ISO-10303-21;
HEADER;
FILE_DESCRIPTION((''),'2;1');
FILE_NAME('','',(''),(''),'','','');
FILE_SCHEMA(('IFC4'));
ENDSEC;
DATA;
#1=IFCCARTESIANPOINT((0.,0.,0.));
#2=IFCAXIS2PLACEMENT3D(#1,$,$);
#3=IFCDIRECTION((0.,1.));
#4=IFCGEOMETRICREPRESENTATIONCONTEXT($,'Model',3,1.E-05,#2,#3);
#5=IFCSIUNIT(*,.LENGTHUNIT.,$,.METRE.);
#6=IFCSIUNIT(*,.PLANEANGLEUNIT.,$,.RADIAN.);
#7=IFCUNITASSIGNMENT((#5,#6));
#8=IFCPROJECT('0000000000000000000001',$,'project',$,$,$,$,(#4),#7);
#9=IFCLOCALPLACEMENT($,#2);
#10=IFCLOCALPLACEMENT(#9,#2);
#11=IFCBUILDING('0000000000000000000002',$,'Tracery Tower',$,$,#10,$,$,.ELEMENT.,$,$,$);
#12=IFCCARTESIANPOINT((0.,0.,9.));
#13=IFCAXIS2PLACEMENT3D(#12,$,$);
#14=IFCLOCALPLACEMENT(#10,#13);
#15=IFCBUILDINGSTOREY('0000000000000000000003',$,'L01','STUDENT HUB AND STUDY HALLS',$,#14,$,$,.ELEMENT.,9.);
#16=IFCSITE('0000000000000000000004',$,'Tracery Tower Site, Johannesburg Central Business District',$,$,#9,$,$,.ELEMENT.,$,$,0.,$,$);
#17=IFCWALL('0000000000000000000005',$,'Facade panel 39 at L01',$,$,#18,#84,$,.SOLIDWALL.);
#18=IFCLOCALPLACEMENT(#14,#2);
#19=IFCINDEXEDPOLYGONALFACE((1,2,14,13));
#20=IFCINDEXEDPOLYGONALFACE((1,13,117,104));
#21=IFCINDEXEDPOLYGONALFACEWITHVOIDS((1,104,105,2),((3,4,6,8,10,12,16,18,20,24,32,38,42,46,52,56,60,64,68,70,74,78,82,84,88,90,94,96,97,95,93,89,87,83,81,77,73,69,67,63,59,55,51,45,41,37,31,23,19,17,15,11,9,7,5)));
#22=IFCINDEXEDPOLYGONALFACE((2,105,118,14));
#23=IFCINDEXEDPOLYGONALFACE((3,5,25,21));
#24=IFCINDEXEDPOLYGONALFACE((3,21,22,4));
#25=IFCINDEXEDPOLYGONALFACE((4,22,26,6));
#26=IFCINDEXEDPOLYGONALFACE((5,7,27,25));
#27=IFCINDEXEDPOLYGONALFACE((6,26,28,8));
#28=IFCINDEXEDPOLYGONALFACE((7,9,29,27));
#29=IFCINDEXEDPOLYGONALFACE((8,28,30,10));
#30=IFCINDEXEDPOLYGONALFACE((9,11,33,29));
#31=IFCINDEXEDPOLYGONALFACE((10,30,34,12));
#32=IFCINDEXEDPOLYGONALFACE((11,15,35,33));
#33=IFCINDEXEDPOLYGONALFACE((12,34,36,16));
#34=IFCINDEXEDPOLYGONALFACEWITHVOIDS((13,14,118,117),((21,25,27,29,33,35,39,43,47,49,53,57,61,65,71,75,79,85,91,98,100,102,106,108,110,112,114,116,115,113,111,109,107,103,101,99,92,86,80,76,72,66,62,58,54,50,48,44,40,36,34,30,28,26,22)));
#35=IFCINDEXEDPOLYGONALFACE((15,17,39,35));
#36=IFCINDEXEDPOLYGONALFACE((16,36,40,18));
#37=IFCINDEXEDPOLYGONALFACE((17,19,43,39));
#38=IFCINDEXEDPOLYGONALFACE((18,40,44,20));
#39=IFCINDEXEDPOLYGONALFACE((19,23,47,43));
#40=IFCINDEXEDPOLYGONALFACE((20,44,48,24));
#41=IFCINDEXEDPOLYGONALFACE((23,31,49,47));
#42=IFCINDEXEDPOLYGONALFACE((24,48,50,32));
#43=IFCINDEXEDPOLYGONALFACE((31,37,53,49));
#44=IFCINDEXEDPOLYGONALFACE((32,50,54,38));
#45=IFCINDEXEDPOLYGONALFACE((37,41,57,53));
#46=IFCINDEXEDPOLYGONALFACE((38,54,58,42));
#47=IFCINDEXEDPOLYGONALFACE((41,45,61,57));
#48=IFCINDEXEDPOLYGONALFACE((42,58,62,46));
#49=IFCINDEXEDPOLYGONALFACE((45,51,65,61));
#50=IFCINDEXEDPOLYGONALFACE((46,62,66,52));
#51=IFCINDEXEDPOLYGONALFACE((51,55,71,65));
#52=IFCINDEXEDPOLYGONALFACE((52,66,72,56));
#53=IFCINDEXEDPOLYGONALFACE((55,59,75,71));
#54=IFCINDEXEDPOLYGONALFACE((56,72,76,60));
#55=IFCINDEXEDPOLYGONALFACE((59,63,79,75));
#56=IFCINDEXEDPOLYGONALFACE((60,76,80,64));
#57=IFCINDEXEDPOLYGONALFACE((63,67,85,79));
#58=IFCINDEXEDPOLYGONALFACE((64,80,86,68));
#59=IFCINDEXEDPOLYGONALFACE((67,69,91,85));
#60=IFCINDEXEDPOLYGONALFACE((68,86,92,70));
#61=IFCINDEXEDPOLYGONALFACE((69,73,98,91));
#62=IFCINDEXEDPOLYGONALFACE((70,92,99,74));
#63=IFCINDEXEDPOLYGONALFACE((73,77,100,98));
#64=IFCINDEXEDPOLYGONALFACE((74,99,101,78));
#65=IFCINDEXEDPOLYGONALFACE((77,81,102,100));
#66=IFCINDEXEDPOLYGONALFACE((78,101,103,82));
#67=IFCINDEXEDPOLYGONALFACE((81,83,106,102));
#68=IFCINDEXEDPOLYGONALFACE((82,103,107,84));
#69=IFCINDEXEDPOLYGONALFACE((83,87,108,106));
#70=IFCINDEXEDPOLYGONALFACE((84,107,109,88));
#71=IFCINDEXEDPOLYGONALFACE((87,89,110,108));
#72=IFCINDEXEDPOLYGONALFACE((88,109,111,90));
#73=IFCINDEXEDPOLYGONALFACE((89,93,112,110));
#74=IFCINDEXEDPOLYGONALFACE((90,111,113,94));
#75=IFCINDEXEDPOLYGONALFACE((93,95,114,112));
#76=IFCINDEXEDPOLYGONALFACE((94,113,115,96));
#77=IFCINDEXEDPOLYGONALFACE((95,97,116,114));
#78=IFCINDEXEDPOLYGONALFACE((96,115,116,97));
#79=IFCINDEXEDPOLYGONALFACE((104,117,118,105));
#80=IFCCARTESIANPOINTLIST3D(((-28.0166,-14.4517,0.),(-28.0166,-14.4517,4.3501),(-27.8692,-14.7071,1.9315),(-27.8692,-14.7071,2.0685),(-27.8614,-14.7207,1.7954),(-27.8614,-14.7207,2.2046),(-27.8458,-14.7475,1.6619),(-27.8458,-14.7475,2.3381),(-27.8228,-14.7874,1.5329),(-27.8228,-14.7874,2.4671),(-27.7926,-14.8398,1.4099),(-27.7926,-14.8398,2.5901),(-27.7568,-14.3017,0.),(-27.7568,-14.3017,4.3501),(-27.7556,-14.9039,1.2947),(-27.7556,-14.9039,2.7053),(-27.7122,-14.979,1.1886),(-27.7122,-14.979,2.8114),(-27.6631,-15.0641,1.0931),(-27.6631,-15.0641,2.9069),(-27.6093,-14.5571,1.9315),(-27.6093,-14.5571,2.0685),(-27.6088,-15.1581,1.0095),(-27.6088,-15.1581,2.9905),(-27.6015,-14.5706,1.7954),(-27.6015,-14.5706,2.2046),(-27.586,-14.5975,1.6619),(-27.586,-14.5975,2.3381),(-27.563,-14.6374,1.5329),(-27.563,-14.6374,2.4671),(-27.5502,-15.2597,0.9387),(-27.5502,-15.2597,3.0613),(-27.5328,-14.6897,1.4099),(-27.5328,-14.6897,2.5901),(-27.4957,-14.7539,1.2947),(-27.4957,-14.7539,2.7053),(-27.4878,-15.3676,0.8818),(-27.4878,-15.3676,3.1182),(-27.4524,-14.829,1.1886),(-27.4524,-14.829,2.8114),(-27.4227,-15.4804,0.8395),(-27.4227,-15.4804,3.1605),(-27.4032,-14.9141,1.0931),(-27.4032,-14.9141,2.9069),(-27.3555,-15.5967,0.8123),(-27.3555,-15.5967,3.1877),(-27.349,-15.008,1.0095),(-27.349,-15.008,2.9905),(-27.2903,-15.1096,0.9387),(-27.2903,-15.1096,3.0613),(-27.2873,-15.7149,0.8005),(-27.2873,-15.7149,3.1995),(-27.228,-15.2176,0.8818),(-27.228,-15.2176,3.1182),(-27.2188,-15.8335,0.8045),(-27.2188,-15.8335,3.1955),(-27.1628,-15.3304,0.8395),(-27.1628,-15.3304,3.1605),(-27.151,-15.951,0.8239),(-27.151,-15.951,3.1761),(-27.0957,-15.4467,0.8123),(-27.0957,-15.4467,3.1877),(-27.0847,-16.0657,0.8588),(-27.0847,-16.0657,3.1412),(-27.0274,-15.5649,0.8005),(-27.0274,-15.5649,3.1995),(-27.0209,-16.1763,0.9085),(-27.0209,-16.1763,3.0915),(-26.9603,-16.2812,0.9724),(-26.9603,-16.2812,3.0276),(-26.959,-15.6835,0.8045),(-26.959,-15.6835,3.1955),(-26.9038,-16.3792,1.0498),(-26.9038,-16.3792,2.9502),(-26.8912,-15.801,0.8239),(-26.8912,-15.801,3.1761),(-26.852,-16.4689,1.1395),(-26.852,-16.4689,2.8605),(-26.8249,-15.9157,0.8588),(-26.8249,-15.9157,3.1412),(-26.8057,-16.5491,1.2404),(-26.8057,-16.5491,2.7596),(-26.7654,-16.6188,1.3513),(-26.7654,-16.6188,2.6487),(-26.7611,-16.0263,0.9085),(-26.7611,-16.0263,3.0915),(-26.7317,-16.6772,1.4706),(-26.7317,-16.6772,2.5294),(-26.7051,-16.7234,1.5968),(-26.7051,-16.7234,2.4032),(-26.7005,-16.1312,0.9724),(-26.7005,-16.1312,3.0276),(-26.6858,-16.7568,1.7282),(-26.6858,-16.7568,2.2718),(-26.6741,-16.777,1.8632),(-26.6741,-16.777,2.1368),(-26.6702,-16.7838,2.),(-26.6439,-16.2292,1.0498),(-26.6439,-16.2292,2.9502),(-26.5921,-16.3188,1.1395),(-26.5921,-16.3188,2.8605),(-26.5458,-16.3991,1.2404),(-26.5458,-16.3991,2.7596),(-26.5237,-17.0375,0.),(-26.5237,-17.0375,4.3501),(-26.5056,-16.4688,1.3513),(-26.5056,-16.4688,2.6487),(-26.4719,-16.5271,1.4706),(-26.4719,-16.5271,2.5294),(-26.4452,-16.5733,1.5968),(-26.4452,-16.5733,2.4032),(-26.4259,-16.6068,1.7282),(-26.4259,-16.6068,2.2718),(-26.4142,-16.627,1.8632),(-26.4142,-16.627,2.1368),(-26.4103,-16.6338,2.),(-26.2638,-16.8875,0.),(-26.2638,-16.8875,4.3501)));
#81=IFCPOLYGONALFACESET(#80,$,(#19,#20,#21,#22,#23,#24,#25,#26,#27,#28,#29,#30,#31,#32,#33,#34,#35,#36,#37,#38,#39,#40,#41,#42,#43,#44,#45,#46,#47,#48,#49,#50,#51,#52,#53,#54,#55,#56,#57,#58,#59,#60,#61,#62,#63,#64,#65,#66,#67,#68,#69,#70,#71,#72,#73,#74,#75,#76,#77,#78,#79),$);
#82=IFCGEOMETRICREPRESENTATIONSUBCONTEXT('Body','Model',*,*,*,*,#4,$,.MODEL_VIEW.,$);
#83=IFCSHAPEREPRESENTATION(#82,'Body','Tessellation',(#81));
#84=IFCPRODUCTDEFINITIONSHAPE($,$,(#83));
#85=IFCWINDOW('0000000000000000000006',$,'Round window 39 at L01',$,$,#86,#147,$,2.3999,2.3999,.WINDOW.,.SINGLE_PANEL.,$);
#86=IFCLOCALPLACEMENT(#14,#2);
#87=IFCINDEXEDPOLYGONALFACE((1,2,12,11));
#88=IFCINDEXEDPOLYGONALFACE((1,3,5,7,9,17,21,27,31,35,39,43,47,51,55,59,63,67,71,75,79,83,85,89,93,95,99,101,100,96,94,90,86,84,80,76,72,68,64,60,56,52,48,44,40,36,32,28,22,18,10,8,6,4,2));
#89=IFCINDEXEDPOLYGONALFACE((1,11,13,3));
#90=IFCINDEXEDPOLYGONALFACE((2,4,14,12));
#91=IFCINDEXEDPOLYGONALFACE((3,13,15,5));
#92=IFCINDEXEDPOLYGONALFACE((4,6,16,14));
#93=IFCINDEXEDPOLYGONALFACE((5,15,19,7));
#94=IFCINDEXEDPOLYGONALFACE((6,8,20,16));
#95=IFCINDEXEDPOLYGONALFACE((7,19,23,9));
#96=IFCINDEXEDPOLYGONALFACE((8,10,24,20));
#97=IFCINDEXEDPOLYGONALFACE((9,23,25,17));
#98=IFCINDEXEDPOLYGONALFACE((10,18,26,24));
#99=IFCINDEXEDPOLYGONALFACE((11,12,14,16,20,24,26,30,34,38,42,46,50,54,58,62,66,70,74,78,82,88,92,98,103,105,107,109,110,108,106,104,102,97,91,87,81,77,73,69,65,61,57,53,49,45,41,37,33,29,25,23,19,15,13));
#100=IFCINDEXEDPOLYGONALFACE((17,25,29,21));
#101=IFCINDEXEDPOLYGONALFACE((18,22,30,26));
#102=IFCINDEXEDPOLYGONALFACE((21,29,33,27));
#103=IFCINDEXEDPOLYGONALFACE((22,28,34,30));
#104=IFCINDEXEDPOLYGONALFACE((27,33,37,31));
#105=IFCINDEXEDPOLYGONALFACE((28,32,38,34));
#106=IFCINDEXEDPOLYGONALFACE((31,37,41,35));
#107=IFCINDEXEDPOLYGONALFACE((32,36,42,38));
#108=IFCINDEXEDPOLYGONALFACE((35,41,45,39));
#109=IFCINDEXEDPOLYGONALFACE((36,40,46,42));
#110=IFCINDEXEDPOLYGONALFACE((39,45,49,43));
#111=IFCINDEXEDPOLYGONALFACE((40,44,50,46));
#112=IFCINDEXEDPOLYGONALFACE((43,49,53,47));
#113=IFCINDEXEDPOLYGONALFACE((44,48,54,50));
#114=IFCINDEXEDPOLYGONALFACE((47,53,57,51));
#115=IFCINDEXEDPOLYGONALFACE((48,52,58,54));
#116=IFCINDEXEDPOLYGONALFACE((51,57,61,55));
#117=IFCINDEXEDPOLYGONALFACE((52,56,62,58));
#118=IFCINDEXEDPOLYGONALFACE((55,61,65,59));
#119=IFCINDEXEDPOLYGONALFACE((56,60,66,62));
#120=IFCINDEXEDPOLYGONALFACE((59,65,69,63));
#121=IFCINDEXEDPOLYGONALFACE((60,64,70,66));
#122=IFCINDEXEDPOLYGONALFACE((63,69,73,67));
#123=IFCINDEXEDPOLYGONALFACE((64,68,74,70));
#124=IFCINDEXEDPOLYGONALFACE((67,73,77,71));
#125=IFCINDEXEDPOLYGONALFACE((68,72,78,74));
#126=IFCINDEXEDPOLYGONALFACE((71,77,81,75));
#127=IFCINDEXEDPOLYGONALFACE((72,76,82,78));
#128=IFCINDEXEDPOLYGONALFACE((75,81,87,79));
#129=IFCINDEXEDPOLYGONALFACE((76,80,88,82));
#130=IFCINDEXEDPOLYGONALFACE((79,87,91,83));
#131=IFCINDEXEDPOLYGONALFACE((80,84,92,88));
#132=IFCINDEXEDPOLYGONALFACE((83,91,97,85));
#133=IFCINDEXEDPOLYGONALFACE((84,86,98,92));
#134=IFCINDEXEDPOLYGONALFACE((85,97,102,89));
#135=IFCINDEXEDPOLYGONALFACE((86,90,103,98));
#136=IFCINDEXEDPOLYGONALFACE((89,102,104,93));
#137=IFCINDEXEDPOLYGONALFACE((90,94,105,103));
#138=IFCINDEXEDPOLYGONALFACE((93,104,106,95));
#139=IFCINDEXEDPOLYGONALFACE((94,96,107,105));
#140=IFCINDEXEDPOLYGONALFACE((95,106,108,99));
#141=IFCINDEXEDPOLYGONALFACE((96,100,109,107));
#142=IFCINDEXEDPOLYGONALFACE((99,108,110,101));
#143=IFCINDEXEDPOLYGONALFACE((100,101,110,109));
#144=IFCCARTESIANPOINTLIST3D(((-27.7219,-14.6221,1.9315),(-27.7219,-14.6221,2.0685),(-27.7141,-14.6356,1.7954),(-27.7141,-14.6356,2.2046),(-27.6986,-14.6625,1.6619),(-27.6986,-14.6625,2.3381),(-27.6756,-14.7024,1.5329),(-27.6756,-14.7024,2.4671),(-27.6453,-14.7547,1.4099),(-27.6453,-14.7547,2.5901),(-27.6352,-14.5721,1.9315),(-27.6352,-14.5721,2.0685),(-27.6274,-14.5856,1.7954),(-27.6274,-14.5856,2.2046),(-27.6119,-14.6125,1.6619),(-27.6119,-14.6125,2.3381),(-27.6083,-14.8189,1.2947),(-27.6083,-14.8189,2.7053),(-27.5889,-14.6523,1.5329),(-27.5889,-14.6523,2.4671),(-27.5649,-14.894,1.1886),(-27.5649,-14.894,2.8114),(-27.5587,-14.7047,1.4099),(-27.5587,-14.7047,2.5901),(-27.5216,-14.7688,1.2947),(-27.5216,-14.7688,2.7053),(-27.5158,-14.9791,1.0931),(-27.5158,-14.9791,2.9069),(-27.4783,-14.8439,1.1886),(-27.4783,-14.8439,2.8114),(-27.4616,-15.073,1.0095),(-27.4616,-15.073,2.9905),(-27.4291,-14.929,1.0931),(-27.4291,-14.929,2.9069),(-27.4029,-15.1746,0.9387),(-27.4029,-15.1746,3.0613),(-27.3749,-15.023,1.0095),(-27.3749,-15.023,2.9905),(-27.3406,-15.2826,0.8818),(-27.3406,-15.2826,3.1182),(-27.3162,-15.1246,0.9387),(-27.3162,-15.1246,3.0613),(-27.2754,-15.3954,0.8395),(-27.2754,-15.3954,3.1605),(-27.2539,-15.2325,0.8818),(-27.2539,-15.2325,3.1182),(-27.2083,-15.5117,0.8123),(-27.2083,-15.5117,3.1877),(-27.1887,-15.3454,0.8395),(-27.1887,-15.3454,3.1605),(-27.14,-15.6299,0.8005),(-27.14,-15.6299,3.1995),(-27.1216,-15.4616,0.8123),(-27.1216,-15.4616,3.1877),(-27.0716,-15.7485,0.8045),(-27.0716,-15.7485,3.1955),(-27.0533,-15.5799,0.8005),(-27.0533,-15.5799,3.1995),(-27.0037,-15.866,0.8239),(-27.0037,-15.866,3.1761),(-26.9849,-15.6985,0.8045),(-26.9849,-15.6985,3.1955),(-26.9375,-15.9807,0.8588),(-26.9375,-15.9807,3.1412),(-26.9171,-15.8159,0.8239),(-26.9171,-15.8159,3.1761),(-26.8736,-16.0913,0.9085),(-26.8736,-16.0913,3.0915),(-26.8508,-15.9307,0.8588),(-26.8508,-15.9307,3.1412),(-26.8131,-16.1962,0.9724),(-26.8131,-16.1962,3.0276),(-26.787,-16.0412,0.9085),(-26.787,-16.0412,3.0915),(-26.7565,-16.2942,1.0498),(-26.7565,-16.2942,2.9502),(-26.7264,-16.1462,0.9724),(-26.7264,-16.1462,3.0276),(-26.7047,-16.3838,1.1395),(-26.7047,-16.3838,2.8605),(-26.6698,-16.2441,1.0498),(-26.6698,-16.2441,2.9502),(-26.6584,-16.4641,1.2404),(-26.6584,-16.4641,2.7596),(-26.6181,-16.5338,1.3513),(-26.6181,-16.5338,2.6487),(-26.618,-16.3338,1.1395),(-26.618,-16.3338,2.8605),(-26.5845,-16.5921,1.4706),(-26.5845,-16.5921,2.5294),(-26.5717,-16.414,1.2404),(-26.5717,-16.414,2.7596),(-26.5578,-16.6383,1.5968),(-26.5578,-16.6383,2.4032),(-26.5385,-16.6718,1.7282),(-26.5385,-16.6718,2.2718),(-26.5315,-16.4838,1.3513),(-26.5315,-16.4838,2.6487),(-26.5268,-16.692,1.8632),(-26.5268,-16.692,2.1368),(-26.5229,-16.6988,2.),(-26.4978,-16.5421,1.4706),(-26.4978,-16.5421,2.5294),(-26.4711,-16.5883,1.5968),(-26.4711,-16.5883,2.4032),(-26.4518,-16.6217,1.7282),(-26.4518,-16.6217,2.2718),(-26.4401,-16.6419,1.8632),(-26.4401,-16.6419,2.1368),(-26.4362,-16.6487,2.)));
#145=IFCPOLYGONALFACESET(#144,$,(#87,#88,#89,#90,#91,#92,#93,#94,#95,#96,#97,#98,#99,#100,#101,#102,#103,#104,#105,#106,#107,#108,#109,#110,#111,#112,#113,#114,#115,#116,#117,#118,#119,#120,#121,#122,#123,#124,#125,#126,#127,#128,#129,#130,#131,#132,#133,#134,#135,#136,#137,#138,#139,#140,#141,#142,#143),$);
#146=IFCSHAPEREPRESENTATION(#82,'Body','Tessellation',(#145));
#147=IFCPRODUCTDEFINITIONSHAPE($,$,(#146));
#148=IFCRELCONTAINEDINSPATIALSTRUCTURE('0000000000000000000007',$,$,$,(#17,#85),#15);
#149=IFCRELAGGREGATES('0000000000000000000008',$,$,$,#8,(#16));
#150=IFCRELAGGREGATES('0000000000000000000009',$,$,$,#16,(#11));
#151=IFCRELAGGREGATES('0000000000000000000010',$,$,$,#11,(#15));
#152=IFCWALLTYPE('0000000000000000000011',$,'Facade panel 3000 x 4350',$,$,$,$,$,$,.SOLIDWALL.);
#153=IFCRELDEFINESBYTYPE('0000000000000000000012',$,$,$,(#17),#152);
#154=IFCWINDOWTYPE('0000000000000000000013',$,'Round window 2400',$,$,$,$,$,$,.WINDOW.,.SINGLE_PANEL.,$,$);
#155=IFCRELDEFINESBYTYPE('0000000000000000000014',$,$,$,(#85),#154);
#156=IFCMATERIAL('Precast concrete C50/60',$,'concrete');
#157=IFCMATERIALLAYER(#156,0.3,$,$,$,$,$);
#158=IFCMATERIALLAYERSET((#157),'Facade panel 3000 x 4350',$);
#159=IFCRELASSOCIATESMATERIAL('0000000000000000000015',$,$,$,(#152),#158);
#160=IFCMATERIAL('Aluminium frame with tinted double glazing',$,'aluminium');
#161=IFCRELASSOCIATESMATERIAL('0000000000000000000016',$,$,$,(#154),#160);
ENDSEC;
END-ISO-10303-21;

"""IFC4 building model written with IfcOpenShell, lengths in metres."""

from ifc_helpers import new_model, si_unit, direction, frame, frame_2d, origin, origin_2d, place, context, subcontext, project, spatial, rectangle, circle, extrude, material, layer, layer_set, type_object, element, fill, save


model = new_model("IFC4")

# Units and contexts
model_context = context("Model", 3, precision=1e-05, world=origin(), true_north=direction((0.0, 1.0)))
body_context = subcontext(model_context, "Body", "Model", "MODEL_VIEW")
ifc_project = project(units=[si_unit("LENGTHUNIT", "METRE"), si_unit("PLANEANGLEUNIT", "RADIAN")], contexts=[model_context])

# Site, building, storey
site_placement = place(None, origin())
site = spatial("IfcSite", under=ifc_project, at=site_placement, Name="Tracery Tower Site, Johannesburg Central Business District", CompositionType="ELEMENT", RefElevation=0.0)
building_placement = place(site_placement, origin())
building = spatial("IfcBuilding", under=site, at=building_placement, Name="Tracery Tower", CompositionType="ELEMENT")
storey_placement = place(building_placement, frame((0.0, 0.0, 9.0)))
storey = spatial("IfcBuildingStorey", under=building, at=storey_placement, Name="L01", Description="STUDENT HUB AND STUDY HALLS", CompositionType="ELEMENT", Elevation=9.0)

# Wall, opening, window
ifc_material_1 = material(Name="Precast concrete C50/60", Category="concrete")
ifc_layer_1 = layer(ifc_material_1, 0.3)
ifc_layer_set_1 = layer_set([ifc_layer_1], Name="Facade panel 3000 x 4350")
wall_type_1 = type_object("IfcWallType", Name="Facade panel 3000 x 4350", PredefinedType="SOLIDWALL", material=ifc_layer_set_1)
wall_1_placement = place(storey_placement, frame((-27.8867, -14.3767, 0.0), z_axis=(0.0, 0.0, 1.0), x_axis=(0.500017, -0.866015, 0.0)))
wall_1 = element("IfcWall", 1, at=wall_1_placement, inside=storey, type_object=wall_type_1, Name="Facade panel 39 at L01", PredefinedType="SOLIDWALL", context=body_context, shape_type="SweptSolid", body=[
    extrude(rectangle(XDim=2.9858, YDim=0.3, at=frame_2d((1.4929, 0.0))), origin(), (0.0, 0.0, 1.0), 4.3501),
])
opening_1_placement = place(wall_1_placement, frame((1.4929, 0.0, 2.0)))
opening_1 = element("IfcOpeningElement", 2, at=opening_1_placement, cuts=wall_1, PredefinedType="OPENING", context=body_context, shape_type="SweptSolid", body=[
    extrude(circle(Radius=1.2, at=origin_2d()), frame((0.0, 0.1599, 0.0), z_axis=(0.0, -1.0, 0.0), x_axis=(1.0, 0.0, 0.0)), (0.0, 0.0, 1.0), 0.3201),
])
ifc_material_2 = material(Name="Aluminium frame with tinted double glazing", Category="aluminium")
window_type = type_object("IfcWindowType", Name="Round window 2400", PartitioningType="SINGLE_PANEL", PredefinedType="WINDOW", material=ifc_material_2)
window_1_placement = place(opening_1_placement, origin())
window_1 = element("IfcWindow", 3, at=window_1_placement, inside=storey, type_object=window_type, Name="Round window 39 at L01", OverallHeight=2.3999, OverallWidth=2.3999, PartitioningType="SINGLE_PANEL", PredefinedType="WINDOW", context=body_context, shape_type="SweptSolid", body=[
    extrude(circle(Radius=1.2, at=origin_2d()), frame((0.0, 0.1201, 0.0), z_axis=(0.0, -1.0, 0.0), x_axis=(1.0, 0.0, 0.0)), (0.0, 0.0, 1.0), 0.1001),
])
fill(opening_1, window_1)

save(model, "model.ifc")
